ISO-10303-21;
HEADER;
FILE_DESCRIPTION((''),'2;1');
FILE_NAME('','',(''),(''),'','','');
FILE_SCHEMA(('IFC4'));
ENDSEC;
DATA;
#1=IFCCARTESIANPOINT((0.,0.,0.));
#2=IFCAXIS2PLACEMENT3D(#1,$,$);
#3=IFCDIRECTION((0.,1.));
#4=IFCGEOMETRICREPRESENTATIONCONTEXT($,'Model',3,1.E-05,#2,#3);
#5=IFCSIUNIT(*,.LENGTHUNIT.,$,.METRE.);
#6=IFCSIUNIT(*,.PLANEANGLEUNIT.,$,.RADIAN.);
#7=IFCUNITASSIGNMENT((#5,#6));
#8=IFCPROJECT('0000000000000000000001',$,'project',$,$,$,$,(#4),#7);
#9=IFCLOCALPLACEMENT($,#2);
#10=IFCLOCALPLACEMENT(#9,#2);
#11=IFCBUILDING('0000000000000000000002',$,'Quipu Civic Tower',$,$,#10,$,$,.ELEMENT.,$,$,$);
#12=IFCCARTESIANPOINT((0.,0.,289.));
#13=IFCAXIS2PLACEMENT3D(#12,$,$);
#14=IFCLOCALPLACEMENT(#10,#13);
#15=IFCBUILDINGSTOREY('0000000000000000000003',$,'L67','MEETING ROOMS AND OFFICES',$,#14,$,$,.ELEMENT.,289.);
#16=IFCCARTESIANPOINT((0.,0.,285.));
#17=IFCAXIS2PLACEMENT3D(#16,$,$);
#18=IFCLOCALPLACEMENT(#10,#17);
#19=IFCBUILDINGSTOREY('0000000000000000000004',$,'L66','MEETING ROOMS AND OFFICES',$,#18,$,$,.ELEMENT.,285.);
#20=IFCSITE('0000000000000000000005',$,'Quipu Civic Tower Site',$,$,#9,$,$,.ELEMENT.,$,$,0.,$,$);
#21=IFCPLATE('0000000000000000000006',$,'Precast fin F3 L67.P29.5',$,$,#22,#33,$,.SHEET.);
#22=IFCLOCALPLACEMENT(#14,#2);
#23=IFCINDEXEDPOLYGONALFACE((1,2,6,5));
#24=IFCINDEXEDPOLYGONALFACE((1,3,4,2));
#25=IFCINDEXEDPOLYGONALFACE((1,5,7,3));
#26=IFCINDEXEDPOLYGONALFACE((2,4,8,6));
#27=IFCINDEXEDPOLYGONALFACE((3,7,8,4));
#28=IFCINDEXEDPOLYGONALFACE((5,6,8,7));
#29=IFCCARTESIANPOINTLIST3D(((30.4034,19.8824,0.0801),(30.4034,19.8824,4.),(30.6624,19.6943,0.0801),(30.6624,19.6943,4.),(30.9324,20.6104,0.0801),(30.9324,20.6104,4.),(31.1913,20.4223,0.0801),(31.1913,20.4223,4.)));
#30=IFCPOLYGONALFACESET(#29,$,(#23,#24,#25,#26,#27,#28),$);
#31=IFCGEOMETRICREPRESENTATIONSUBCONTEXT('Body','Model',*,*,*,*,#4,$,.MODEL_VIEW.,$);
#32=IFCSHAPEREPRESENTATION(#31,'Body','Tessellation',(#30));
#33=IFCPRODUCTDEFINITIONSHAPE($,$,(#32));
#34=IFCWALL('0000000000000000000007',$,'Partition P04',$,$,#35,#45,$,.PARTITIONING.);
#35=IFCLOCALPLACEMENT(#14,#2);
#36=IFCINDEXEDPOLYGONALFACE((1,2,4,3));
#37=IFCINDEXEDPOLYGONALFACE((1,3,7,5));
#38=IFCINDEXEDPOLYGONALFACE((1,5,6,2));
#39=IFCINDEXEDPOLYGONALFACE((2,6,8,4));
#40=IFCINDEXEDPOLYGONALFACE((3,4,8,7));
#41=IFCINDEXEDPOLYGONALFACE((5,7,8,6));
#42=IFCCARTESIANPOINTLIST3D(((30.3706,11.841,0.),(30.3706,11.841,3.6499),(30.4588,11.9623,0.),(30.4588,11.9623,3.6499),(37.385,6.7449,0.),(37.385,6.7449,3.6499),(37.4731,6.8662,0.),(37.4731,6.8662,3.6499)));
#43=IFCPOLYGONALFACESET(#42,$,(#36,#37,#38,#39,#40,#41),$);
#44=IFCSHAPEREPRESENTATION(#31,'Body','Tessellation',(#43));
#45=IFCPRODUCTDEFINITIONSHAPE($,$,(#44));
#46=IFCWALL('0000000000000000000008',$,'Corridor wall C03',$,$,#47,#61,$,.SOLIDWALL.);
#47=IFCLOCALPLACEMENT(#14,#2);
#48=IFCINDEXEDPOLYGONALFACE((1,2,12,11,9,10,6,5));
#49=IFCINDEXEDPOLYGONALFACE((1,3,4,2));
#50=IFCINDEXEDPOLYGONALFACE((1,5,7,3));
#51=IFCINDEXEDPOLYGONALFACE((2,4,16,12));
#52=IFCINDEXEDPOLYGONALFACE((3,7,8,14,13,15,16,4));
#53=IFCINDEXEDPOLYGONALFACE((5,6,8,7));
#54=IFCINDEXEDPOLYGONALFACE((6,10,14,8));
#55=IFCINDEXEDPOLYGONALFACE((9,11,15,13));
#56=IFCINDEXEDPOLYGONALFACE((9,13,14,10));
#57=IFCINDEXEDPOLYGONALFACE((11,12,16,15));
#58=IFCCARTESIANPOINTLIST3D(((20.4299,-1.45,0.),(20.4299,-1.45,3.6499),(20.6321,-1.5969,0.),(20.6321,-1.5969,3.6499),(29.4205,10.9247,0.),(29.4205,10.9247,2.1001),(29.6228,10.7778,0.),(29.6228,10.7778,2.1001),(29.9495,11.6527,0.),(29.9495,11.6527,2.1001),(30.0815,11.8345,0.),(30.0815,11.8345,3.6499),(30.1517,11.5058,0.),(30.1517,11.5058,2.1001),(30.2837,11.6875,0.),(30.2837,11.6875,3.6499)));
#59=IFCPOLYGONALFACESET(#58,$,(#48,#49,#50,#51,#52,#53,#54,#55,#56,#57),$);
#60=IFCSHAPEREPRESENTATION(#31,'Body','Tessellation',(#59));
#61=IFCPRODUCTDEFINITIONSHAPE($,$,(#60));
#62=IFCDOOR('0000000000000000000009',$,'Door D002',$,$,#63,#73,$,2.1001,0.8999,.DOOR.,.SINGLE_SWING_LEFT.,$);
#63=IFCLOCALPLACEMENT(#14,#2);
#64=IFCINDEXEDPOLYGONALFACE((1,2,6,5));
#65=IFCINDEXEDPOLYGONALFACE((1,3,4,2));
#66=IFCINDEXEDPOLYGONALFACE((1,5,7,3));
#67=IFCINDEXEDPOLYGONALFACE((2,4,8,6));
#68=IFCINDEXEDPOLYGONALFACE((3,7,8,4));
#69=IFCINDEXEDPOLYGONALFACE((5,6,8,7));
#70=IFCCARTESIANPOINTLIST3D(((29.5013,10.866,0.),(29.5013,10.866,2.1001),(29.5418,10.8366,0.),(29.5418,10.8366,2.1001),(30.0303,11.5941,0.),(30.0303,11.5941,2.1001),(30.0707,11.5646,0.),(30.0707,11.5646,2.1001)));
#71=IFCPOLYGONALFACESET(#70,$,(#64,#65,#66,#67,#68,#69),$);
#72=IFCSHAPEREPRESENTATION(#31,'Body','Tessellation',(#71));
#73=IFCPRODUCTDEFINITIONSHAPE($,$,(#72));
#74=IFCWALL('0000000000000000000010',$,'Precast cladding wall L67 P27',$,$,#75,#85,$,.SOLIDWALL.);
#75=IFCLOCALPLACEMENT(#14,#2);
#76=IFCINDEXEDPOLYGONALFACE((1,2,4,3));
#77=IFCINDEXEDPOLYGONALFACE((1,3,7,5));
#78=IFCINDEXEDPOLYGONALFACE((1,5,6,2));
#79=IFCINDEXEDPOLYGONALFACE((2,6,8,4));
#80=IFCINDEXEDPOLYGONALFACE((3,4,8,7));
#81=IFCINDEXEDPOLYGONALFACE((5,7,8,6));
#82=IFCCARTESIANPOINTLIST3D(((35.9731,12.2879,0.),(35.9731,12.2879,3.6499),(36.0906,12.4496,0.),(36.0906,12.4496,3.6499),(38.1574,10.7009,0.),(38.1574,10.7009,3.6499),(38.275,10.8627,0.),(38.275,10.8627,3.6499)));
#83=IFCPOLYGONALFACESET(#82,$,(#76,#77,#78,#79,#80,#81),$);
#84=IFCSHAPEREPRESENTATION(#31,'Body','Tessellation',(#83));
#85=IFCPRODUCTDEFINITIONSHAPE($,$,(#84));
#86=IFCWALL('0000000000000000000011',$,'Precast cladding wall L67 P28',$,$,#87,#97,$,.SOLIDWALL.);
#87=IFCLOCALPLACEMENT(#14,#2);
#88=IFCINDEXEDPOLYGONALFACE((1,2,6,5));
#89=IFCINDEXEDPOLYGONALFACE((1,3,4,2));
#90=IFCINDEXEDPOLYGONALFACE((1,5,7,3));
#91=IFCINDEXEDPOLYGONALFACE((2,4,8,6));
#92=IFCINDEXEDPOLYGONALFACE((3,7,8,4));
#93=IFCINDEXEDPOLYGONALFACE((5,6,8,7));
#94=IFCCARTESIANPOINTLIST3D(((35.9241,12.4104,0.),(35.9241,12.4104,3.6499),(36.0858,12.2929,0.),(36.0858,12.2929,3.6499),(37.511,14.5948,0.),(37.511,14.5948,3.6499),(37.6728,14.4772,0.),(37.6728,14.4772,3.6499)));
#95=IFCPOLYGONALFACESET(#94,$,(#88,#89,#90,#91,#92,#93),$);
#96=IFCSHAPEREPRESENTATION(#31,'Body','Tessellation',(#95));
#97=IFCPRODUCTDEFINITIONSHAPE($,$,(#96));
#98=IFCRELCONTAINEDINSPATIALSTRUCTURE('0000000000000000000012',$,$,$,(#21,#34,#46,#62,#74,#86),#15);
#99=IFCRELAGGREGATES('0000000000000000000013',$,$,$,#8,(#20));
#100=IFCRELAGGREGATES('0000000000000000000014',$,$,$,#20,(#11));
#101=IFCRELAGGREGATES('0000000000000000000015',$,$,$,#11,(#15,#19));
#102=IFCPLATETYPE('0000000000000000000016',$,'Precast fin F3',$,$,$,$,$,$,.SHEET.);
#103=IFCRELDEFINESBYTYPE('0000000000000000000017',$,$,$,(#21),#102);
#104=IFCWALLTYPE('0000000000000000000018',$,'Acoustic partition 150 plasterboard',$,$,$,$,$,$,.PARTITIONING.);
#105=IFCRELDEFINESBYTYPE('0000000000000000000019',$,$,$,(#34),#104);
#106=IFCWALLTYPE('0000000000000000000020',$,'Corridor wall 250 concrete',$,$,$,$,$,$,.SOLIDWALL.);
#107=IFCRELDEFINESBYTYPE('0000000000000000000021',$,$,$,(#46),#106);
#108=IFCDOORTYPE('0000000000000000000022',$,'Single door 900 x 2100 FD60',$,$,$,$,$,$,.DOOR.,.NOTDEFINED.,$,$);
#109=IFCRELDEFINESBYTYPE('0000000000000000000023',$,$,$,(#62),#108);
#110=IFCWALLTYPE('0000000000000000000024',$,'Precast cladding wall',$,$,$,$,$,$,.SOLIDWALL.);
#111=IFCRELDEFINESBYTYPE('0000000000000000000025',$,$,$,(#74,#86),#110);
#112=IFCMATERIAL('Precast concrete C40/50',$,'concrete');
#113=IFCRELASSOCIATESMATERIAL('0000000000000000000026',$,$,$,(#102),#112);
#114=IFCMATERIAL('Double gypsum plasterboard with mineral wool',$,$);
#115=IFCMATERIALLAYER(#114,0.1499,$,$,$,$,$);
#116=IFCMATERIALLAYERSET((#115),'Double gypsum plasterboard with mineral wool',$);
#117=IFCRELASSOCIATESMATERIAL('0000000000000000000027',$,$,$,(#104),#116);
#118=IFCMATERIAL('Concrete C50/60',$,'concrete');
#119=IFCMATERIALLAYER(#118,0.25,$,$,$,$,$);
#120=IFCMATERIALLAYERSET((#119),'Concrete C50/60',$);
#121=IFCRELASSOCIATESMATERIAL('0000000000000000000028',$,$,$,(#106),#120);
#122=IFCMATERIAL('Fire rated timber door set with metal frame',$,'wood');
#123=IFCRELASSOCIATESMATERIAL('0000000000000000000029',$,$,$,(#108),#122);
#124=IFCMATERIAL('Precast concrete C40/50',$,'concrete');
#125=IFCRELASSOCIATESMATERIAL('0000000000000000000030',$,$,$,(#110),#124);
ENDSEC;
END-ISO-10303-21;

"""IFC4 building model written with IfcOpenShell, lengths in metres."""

from ifc_helpers import new_model, si_unit, direction, frame, frame_2d, origin, origin_2d, place, context, subcontext, project, spatial, rectangle, extrude, material, layer, layer_set, type_object, element, fill, save


model = new_model("IFC4")

# Units and contexts
model_context = context("Model", 3, precision=1e-05, world=origin(), true_north=direction((0.0, 1.0)))
body_context = subcontext(model_context, "Body", "Model", "MODEL_VIEW")
ifc_project = project(units=[si_unit("LENGTHUNIT", "METRE"), si_unit("PLANEANGLEUNIT", "RADIAN")], contexts=[model_context])

# Site, building, storey
site_placement = place(None, origin())
site = spatial("IfcSite", under=ifc_project, at=site_placement, Name="Quipu Civic Tower Site", CompositionType="ELEMENT", RefElevation=0.0)
building_placement = place(site_placement, origin())
building = spatial("IfcBuilding", under=site, at=building_placement, Name="Quipu Civic Tower", CompositionType="ELEMENT")
storey_1_placement = place(building_placement, frame((0.0, 0.0, 289.0)))
storey_1 = spatial("IfcBuildingStorey", under=building, at=storey_1_placement, Name="L67", Description="MEETING ROOMS AND OFFICES", CompositionType="ELEMENT", Elevation=289.0)

# Shared definitions
storey_2_placement = place(building_placement, frame((0.0, 0.0, 285.0)))
storey_2 = spatial("IfcBuildingStorey", under=building, at=storey_2_placement, Name="L66", Description="MEETING ROOMS AND OFFICES", CompositionType="ELEMENT", Elevation=285.0)

# Plate
ifc_material_1 = material(Name="Precast concrete C40/50", Category="concrete")
plate_type_1 = type_object("IfcPlateType", Name="Precast fin F3", PredefinedType="SHEET", material=ifc_material_1)
for number, where, z_axis, x_axis, name in (
    (1, (30.7974, 20.1523, 0.0801), (0.0, 0.0, 1.0), (-0.809017, 0.587785, 0.0), "Precast fin F3 L67.P29.5"),
):
    element("IfcPlate", number, at=place(storey_1_placement, frame(where, z_axis=z_axis, x_axis=x_axis)), inside=storey_1, type_object=plate_type_1, Name=name, PredefinedType="SHEET", context=body_context, shape_type="SweptSolid", body=[
        extrude(rectangle(XDim=0.3201, YDim=0.8999, at=origin_2d()), origin(), (0.0, 0.0, 1.0), 3.9199),
    ])

# Wall
ifc_material_2 = material(Name="Double gypsum plasterboard with mineral wool")
ifc_layer_1 = layer(ifc_material_2, 0.1499)
ifc_layer_set_1 = layer_set([ifc_layer_1], Name="Double gypsum plasterboard with mineral wool")
wall_type_1 = type_object("IfcWallType", Name="Acoustic partition 150 plasterboard", PredefinedType="PARTITIONING", material=ifc_layer_set_1)
wall_1_placement = place(storey_1_placement, frame((30.4148, 11.9016, 0.0), z_axis=(0.0, 0.0, 1.0), x_axis=(0.809021, -0.58778, 0.0)))
element("IfcWall", 2, at=wall_1_placement, inside=storey_1, type_object=wall_type_1, Name="Partition P04", PredefinedType="PARTITIONING", context=body_context, shape_type="SweptSolid", body=[
    extrude(rectangle(XDim=8.6702, YDim=0.1499, at=frame_2d((4.335, 0.0))), origin(), (0.0, 0.0, 1.0), 3.6499),
])

# Wall, opening, door
ifc_material_3 = material(Name="Concrete C50/60", Category="concrete")
ifc_layer_2 = layer(ifc_material_3, 0.25)
ifc_layer_set_2 = layer_set([ifc_layer_2], Name="Concrete C50/60")
wall_type_2 = type_object("IfcWallType", Name="Corridor wall 250 concrete", PredefinedType="SOLIDWALL", material=ifc_layer_set_2)
wall_2_placement = place(storey_1_placement, frame((30.1826, 11.761, 0.0), z_axis=(0.0, 0.0, 1.0), x_axis=(-0.587782, -0.80902, 0.0)))
wall_2 = element("IfcWall", 3, at=wall_2_placement, inside=storey_1, type_object=wall_type_2, Name="Corridor wall C03", PredefinedType="SOLIDWALL", context=body_context, shape_type="SweptSolid", body=[
    extrude(rectangle(XDim=16.4204, YDim=0.25, at=frame_2d((8.2102, 0.0))), origin(), (0.0, 0.0, 1.0), 3.6499),
])
opening_placement = place(wall_2_placement, frame((0.2246, 0.0, 0.0)))
opening = element("IfcOpeningElement", 4, at=opening_placement, cuts=wall_2, PredefinedType="OPENING", context=body_context, shape_type="SweptSolid", body=[
    extrude(rectangle(XDim=0.8999, YDim=2.1001, at=frame_2d((0.45, 1.05))), frame((0.0, 0.135, 0.0), z_axis=(0.0, -1.0, 0.0), x_axis=(1.0, 0.0, 0.0)), (0.0, 0.0, 1.0), 0.27),
])
ifc_material_4 = material(Name="Fire rated timber door set with metal frame", Category="wood")
door_type = type_object("IfcDoorType", Name="Single door 900 x 2100 FD60", OperationType="NOTDEFINED", PredefinedType="DOOR", material=ifc_material_4)
door_placement = place(opening_placement, origin())
door = element("IfcDoor", 5, at=door_placement, inside=storey_1, type_object=door_type, Name="Door D002", OperationType="SINGLE_SWING_LEFT", OverallHeight=2.1001, OverallWidth=0.8999, PredefinedType="DOOR", context=body_context, shape_type="SweptSolid", body=[
    extrude(rectangle(XDim=0.8999, YDim=2.1001, at=frame_2d((0.45, 1.05))), frame((0.0, 0.0249, 0.0), z_axis=(0.0, -1.0, 0.0), x_axis=(1.0, 0.0, 0.0)), (0.0, 0.0, 1.0), 0.05),
])
fill(opening, door)

# Walls
ifc_material_5 = material(Name="Precast concrete C40/50", Category="concrete")
wall_type_3 = type_object("IfcWallType", Name="Precast cladding wall", PredefinedType="SOLIDWALL", material=ifc_material_5)
for number, where, z_axis, x_axis, name in (
    (6, (38.2163, 10.7817, 0.0), (0.0, 0.0, 1.0), (-0.809033, 0.587763, 0.0), "Precast cladding wall L67 P27"),
    (7, (36.0049, 12.3516, 0.0), (0.0, 0.0, 1.0), (0.587763, 0.809033, 0.0), "Precast cladding wall L67 P28"),
):
    element("IfcWall", number, at=place(storey_1_placement, frame(where, z_axis=z_axis, x_axis=x_axis)), inside=storey_1, type_object=wall_type_3, Name=name, PredefinedType="SOLIDWALL", context=body_context, shape_type="SweptSolid", body=[
        extrude(rectangle(XDim=2.7, YDim=0.2, at=frame_2d((1.3501, 0.0))), origin(), (0.0, 0.0, 1.0), 3.6499),
    ])

save(model, "model.ifc")
